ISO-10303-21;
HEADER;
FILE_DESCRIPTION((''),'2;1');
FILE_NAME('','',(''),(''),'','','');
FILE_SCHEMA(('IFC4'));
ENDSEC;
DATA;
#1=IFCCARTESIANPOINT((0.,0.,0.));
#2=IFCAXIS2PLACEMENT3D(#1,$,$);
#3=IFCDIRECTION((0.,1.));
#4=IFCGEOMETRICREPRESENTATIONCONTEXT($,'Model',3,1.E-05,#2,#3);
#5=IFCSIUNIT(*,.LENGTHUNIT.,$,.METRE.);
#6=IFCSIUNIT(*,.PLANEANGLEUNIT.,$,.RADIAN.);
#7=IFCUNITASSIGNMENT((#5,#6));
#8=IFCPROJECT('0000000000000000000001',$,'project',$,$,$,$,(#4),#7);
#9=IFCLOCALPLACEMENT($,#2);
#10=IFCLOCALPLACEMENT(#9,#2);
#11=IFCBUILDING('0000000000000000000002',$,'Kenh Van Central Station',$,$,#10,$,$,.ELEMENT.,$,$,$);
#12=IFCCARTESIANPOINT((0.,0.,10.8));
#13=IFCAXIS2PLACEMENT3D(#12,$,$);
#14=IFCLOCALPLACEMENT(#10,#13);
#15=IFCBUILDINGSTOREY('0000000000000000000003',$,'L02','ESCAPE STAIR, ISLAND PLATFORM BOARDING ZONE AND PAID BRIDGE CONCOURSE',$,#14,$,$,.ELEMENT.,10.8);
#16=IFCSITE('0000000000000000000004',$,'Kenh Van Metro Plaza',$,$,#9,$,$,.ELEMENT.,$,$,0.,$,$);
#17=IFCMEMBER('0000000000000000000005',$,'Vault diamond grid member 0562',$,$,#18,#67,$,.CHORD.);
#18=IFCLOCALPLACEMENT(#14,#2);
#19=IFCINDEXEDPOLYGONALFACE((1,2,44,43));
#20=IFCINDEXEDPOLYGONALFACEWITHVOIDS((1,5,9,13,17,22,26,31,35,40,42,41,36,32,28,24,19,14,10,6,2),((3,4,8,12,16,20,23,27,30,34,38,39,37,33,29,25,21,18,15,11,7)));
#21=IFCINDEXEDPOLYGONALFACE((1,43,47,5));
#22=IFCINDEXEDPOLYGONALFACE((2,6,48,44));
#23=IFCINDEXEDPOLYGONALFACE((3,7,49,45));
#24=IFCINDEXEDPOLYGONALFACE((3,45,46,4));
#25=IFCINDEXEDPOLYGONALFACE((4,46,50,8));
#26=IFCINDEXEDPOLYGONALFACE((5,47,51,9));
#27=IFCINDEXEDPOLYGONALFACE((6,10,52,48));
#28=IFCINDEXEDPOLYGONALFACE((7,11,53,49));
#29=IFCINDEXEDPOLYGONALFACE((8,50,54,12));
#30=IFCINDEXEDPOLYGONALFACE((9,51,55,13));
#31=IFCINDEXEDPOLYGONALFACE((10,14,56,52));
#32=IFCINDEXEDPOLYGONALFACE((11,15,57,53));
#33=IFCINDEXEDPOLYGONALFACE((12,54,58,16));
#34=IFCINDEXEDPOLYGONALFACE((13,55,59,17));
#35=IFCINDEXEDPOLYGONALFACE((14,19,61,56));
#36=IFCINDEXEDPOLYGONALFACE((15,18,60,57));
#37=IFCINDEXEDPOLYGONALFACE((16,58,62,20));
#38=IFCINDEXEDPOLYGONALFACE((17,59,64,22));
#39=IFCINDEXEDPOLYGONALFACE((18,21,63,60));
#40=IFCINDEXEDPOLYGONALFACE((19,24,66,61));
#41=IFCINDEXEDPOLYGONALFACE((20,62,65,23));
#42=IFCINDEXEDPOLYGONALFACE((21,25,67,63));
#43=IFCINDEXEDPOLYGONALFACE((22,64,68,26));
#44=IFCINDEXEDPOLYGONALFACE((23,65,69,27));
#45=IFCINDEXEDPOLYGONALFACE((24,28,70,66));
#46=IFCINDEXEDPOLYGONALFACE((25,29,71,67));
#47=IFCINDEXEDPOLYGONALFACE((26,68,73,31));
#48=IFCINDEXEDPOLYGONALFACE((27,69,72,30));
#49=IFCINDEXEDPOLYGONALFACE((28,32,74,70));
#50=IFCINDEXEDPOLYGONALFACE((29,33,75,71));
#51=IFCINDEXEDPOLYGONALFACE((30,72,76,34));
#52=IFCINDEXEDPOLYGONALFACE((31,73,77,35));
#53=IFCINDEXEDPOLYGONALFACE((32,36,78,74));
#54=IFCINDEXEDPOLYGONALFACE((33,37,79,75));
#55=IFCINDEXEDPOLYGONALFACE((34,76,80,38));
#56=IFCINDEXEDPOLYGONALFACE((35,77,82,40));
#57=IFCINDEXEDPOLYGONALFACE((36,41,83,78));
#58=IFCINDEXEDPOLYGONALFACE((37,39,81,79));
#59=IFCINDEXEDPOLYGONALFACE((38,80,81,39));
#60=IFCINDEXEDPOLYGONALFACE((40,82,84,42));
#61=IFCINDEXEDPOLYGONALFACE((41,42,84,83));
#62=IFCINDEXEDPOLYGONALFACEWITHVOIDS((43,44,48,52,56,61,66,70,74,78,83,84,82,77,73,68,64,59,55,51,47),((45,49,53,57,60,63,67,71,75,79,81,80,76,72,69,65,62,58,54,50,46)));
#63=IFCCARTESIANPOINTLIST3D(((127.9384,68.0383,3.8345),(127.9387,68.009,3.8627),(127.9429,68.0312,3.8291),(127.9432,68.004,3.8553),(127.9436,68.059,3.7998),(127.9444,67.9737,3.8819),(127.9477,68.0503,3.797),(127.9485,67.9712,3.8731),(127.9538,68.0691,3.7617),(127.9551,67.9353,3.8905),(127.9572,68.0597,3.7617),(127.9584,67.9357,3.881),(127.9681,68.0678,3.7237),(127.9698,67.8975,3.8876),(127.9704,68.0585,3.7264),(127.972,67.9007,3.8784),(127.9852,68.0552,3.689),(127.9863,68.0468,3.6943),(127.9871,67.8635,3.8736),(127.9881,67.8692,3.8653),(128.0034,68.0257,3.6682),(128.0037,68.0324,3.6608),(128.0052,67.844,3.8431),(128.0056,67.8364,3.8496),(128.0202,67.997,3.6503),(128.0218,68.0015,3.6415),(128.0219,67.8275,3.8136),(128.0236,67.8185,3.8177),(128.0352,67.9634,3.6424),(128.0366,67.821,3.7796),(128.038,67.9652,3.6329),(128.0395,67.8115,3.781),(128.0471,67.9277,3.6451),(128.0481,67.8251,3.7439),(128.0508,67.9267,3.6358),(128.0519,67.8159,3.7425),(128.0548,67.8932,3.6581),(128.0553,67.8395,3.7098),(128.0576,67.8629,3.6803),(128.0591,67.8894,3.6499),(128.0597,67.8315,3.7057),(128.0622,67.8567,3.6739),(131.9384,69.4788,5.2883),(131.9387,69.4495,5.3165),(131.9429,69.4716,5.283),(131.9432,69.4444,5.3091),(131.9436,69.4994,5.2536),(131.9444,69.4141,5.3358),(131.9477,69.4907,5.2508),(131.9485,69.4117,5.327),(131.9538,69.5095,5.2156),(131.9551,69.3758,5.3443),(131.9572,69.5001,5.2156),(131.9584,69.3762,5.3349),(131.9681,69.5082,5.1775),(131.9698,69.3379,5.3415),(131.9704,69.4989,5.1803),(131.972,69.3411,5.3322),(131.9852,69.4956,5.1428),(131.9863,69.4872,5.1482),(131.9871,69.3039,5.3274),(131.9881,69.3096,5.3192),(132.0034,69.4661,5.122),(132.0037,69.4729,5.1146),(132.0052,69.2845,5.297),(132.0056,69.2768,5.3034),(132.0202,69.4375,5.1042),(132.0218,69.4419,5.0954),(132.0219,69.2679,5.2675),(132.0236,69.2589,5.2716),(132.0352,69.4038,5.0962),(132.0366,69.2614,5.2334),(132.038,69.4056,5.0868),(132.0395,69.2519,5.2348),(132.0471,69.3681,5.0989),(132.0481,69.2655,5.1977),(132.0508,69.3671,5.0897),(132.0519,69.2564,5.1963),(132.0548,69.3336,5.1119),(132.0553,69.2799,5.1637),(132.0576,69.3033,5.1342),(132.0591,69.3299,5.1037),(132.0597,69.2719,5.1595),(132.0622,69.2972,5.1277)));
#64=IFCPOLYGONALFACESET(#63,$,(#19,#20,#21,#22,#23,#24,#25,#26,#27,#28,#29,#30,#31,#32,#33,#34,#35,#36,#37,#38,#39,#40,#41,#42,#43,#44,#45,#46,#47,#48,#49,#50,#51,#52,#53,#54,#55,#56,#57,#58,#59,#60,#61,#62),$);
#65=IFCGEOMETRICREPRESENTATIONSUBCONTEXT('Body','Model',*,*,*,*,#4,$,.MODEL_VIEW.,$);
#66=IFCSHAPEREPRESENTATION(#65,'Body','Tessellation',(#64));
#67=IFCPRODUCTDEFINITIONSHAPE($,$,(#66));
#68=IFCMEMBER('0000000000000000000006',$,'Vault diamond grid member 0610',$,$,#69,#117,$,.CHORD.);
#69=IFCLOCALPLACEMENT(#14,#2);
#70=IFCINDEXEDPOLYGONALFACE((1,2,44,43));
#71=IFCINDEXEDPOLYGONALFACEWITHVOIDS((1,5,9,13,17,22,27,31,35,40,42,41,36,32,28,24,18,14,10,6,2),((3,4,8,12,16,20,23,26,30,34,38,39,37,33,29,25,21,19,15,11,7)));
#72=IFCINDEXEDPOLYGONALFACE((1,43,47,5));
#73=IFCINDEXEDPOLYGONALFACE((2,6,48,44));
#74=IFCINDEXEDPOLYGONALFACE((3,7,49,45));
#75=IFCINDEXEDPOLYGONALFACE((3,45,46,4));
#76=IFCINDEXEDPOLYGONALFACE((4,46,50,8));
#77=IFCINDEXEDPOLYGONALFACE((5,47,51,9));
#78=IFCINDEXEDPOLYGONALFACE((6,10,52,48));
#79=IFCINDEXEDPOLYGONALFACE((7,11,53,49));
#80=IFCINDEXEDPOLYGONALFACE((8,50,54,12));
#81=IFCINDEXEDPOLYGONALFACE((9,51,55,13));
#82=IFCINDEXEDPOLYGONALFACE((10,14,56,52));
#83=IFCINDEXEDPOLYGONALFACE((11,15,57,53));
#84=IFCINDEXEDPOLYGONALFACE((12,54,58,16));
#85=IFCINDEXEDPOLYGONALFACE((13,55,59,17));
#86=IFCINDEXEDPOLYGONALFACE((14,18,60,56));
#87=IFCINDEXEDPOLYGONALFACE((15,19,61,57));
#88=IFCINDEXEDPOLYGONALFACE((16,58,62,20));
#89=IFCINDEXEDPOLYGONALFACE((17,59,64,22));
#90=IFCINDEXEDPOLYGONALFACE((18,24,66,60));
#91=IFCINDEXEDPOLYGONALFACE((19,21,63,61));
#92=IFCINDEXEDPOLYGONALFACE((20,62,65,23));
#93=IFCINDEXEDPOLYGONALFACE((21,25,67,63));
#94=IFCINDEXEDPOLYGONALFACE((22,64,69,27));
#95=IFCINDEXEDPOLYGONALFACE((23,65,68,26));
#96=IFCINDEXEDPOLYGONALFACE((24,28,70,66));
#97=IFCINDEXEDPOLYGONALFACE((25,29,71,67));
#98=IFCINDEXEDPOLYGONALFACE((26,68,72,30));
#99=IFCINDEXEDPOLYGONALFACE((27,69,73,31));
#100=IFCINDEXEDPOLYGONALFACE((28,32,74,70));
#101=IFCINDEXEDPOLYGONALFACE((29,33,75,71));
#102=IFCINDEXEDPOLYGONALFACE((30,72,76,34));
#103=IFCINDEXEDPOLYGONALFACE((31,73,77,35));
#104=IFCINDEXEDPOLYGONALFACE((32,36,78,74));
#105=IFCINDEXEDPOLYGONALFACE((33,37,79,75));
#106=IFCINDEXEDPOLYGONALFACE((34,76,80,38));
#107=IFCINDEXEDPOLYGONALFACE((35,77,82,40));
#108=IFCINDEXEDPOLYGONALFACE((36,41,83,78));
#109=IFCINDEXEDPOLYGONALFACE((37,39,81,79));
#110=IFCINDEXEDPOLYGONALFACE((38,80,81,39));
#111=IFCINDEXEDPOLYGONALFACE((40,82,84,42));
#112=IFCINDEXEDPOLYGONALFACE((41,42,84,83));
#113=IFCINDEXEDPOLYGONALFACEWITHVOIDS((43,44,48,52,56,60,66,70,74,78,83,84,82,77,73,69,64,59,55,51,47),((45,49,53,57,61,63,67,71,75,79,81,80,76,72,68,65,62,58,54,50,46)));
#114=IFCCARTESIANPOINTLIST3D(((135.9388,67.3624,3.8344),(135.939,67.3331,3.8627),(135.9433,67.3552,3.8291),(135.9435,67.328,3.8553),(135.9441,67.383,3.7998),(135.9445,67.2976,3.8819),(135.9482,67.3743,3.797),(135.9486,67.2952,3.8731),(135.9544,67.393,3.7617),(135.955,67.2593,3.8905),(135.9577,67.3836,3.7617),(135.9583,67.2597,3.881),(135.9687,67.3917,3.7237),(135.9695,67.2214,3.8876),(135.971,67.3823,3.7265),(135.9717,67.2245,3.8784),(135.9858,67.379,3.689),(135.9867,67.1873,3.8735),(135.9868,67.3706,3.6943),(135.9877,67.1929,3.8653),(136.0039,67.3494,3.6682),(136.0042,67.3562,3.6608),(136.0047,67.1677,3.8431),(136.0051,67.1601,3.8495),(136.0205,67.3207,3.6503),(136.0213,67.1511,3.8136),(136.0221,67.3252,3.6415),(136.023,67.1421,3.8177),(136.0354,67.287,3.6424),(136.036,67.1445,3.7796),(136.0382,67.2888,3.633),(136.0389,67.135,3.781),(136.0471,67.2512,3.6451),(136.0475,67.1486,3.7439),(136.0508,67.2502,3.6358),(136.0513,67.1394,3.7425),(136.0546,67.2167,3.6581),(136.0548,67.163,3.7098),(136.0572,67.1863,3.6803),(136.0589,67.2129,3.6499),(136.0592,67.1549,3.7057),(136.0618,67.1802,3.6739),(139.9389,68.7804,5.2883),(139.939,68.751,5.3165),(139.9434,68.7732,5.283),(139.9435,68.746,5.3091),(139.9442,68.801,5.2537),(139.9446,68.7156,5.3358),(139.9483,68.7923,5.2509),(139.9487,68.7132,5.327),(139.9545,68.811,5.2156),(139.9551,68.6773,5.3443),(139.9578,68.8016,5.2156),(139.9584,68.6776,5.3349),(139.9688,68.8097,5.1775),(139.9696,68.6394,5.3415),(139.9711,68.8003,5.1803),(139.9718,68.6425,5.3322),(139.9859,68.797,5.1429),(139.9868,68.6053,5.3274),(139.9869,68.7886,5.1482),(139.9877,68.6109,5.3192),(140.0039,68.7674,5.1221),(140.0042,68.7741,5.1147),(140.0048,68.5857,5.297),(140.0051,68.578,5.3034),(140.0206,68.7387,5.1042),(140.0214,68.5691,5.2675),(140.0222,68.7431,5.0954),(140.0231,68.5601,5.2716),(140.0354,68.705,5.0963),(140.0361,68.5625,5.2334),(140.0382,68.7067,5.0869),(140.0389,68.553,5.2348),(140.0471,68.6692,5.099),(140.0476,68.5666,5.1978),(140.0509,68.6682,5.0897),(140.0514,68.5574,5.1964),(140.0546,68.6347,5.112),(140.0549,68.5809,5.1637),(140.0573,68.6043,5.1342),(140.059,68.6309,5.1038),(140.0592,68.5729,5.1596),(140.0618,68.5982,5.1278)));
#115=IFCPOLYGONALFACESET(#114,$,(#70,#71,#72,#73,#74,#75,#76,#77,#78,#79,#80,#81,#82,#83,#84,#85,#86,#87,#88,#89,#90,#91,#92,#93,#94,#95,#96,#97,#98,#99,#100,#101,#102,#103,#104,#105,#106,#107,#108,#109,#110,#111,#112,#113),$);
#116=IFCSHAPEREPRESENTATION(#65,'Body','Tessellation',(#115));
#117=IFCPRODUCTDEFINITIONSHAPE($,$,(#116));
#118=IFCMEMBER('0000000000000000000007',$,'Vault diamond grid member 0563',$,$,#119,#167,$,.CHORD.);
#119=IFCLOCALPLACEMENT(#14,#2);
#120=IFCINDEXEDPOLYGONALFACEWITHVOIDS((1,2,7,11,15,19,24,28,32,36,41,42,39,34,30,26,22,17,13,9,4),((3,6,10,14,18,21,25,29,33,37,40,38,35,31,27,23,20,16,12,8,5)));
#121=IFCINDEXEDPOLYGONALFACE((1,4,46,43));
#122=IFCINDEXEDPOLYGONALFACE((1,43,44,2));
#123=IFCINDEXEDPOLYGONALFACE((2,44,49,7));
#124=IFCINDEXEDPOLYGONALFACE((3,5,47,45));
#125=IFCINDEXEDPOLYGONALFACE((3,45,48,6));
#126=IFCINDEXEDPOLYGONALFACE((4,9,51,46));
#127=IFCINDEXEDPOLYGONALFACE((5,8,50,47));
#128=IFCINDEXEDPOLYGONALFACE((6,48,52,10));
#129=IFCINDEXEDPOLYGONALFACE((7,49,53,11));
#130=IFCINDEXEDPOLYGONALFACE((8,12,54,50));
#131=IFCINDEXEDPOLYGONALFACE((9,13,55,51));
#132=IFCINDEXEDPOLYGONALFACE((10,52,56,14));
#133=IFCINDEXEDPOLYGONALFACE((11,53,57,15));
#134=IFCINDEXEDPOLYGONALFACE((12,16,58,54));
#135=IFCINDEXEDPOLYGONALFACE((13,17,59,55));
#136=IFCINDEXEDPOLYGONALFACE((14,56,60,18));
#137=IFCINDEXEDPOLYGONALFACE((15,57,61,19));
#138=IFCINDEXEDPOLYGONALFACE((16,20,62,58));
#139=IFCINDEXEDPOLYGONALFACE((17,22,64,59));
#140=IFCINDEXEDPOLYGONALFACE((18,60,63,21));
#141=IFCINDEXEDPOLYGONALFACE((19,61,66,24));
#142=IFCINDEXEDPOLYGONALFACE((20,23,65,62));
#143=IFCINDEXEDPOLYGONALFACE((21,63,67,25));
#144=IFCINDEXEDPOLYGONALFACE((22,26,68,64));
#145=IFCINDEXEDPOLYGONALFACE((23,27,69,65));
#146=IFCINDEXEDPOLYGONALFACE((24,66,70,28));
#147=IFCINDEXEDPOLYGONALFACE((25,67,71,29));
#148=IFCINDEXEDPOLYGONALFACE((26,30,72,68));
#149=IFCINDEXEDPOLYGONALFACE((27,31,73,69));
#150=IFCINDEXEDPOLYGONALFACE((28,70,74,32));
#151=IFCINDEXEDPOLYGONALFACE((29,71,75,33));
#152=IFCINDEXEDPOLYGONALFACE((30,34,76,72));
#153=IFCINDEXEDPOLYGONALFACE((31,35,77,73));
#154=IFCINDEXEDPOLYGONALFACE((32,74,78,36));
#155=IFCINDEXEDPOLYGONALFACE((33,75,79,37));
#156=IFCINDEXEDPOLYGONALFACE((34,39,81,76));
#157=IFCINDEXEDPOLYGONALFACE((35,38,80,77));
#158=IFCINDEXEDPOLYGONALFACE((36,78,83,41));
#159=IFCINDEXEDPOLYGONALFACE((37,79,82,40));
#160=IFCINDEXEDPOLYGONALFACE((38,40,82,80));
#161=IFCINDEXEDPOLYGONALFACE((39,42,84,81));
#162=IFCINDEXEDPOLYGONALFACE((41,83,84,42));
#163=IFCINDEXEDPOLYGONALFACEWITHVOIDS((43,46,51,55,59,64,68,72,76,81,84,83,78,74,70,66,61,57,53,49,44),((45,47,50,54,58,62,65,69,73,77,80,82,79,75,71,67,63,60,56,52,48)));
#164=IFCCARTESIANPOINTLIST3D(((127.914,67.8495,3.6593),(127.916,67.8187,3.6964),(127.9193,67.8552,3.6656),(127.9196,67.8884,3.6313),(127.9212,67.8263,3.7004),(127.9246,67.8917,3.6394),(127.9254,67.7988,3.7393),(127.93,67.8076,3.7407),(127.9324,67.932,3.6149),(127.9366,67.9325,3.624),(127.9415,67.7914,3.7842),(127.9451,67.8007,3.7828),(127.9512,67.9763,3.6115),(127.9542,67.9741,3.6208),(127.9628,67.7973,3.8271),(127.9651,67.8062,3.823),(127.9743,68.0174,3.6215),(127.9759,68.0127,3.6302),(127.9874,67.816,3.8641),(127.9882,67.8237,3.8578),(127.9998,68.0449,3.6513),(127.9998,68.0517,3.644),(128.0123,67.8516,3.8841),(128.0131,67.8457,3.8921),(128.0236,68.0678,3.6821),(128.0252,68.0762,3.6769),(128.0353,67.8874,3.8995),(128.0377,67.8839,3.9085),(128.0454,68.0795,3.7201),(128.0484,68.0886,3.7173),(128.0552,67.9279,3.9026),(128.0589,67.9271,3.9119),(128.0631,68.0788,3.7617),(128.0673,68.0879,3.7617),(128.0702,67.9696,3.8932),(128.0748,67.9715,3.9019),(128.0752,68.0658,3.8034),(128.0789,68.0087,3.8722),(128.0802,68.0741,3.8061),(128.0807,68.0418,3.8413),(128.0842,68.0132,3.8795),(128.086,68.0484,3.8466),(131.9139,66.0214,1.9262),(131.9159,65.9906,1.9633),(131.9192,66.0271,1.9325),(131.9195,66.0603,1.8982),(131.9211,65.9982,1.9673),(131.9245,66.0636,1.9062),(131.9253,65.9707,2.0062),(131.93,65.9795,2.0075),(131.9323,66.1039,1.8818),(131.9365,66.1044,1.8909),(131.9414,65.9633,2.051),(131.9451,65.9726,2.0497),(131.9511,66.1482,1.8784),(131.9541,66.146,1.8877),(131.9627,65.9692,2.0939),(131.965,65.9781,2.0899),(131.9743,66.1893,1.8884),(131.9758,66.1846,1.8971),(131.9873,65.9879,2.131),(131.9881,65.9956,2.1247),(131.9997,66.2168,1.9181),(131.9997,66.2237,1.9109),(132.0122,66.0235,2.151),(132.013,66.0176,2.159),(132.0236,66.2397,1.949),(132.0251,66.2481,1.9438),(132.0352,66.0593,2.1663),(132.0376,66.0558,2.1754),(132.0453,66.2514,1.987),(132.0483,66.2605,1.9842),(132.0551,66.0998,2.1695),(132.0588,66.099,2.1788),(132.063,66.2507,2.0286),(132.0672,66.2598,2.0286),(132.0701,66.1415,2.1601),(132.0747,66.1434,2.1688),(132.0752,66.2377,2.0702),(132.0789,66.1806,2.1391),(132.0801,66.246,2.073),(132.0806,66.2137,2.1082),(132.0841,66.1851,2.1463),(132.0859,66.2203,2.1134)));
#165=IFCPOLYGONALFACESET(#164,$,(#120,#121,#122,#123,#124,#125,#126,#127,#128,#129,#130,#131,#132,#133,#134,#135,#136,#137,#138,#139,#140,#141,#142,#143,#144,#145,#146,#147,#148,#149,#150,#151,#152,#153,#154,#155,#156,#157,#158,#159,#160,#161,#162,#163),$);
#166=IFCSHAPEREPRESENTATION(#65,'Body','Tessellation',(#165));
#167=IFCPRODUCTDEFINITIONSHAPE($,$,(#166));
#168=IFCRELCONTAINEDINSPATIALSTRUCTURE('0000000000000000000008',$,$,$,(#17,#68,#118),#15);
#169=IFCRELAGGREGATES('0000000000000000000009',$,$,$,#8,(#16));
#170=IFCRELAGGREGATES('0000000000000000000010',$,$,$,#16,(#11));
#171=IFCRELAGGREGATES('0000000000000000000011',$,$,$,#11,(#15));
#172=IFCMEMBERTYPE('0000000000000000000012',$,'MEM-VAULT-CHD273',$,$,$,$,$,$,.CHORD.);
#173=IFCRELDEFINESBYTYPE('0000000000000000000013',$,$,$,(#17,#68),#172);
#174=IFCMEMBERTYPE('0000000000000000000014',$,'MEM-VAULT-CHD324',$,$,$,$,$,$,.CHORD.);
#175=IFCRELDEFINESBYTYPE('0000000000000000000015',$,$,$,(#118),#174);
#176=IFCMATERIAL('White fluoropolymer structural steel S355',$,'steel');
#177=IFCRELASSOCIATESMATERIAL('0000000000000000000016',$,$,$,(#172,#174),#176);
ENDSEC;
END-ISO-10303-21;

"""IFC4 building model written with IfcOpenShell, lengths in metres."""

from ifc_helpers import new_model, si_unit, direction, frame, origin, origin_2d, place, context, subcontext, project, spatial, hollow_circle, extrude, material, material_profile, profile_set, type_object, element, save


model = new_model("IFC4")

# Units and contexts
model_context = context("Model", 3, precision=1e-05, world=origin(), true_north=direction((0.0, 1.0)))
body_context = subcontext(model_context, "Body", "Model", "MODEL_VIEW")
ifc_project = project(units=[si_unit("LENGTHUNIT", "METRE"), si_unit("PLANEANGLEUNIT", "RADIAN")], contexts=[model_context])

# Site, building, storey
site_placement = place(None, origin())
site = spatial("IfcSite", under=ifc_project, at=site_placement, Name="Kenh Van Metro Plaza", CompositionType="ELEMENT", RefElevation=0.0)
building_placement = place(site_placement, origin())
building = spatial("IfcBuilding", under=site, at=building_placement, Name="Kenh Van Central Station", CompositionType="ELEMENT")
storey_placement = place(building_placement, frame((0.0, 0.0, 10.8)))
storey = spatial("IfcBuildingStorey", under=building, at=storey_placement, Name="L02", Description="ESCAPE STAIR, ISLAND PLATFORM BOARDING ZONE AND PAID BRIDGE CONCOURSE", CompositionType="ELEMENT", Elevation=10.8)

# Shared definitions
ifc_material_1 = material(Name="White fluoropolymer structural steel S355", Category="steel")

# Members
ifc_material_profile_1 = material_profile(ifc_material_1, hollow_circle(Radius=0.1365, WallThickness=0.01, at=origin_2d()), Name="CHS 273x10")
ifc_profile_set_1 = profile_set([ifc_material_profile_1], Name="White fluoropolymer structural steel S355")
member_type_1 = type_object("IfcMemberType", Name="MEM-VAULT-CHD273", PredefinedType="CHORD", material=ifc_profile_set_1)
member_1_placement = place(storey_placement, frame((128.0, 67.9407, 3.7617), z_axis=(0.890241, 0.320582, 0.323571), x_axis=(-0.338809, 0.940855, 0.0)))
element("IfcMember", 1, at=member_1_placement, inside=storey, type_object=member_type_1, Name="Vault diamond grid member 0562", PredefinedType="CHORD", context=body_context, shape_type="SweptSolid", body=[
    extrude(hollow_circle(Radius=0.1365, WallThickness=0.01, at=origin_2d()), origin(), (0.0, 0.0, 1.0), 4.4932),
])
member_2_placement = place(storey_placement, frame((136.0, 67.2644, 3.7617), z_axis=(0.89166, 0.316086, 0.324087), x_axis=(-0.33412, 0.942531, 0.0)))
element("IfcMember", 2, at=member_2_placement, inside=storey, type_object=member_type_1, Name="Vault diamond grid member 0610", PredefinedType="CHORD", context=body_context, shape_type="SweptSolid", body=[
    extrude(hollow_circle(Radius=0.1365, WallThickness=0.01, at=origin_2d()), origin(), (0.0, 0.0, 1.0), 4.4861),
])
ifc_material_profile_2 = material_profile(ifc_material_1, hollow_circle(Radius=0.1619, WallThickness=0.01, at=origin_2d()), Name="CHS 323.9x10")
ifc_profile_set_2 = profile_set([ifc_material_profile_2], Name="White fluoropolymer structural steel S355")
member_type_2 = type_object("IfcMemberType", Name="MEM-VAULT-CHD324", PredefinedType="CHORD", material=ifc_profile_set_2)
member_3_placement = place(storey_placement, frame((128.0, 67.9407, 3.7617), z_axis=(0.846177, -0.38673, -0.366639), x_axis=(0.415676, 0.909513, 0.0)))
element("IfcMember", 3, at=member_3_placement, inside=storey, type_object=member_type_2, Name="Vault diamond grid member 0563", PredefinedType="CHORD", context=body_context, shape_type="SweptSolid", body=[
    extrude(hollow_circle(Radius=0.1619, WallThickness=0.01, at=origin_2d()), origin(), (0.0, 0.0, 1.0), 4.7271),
])

save(model, "model.ifc")
